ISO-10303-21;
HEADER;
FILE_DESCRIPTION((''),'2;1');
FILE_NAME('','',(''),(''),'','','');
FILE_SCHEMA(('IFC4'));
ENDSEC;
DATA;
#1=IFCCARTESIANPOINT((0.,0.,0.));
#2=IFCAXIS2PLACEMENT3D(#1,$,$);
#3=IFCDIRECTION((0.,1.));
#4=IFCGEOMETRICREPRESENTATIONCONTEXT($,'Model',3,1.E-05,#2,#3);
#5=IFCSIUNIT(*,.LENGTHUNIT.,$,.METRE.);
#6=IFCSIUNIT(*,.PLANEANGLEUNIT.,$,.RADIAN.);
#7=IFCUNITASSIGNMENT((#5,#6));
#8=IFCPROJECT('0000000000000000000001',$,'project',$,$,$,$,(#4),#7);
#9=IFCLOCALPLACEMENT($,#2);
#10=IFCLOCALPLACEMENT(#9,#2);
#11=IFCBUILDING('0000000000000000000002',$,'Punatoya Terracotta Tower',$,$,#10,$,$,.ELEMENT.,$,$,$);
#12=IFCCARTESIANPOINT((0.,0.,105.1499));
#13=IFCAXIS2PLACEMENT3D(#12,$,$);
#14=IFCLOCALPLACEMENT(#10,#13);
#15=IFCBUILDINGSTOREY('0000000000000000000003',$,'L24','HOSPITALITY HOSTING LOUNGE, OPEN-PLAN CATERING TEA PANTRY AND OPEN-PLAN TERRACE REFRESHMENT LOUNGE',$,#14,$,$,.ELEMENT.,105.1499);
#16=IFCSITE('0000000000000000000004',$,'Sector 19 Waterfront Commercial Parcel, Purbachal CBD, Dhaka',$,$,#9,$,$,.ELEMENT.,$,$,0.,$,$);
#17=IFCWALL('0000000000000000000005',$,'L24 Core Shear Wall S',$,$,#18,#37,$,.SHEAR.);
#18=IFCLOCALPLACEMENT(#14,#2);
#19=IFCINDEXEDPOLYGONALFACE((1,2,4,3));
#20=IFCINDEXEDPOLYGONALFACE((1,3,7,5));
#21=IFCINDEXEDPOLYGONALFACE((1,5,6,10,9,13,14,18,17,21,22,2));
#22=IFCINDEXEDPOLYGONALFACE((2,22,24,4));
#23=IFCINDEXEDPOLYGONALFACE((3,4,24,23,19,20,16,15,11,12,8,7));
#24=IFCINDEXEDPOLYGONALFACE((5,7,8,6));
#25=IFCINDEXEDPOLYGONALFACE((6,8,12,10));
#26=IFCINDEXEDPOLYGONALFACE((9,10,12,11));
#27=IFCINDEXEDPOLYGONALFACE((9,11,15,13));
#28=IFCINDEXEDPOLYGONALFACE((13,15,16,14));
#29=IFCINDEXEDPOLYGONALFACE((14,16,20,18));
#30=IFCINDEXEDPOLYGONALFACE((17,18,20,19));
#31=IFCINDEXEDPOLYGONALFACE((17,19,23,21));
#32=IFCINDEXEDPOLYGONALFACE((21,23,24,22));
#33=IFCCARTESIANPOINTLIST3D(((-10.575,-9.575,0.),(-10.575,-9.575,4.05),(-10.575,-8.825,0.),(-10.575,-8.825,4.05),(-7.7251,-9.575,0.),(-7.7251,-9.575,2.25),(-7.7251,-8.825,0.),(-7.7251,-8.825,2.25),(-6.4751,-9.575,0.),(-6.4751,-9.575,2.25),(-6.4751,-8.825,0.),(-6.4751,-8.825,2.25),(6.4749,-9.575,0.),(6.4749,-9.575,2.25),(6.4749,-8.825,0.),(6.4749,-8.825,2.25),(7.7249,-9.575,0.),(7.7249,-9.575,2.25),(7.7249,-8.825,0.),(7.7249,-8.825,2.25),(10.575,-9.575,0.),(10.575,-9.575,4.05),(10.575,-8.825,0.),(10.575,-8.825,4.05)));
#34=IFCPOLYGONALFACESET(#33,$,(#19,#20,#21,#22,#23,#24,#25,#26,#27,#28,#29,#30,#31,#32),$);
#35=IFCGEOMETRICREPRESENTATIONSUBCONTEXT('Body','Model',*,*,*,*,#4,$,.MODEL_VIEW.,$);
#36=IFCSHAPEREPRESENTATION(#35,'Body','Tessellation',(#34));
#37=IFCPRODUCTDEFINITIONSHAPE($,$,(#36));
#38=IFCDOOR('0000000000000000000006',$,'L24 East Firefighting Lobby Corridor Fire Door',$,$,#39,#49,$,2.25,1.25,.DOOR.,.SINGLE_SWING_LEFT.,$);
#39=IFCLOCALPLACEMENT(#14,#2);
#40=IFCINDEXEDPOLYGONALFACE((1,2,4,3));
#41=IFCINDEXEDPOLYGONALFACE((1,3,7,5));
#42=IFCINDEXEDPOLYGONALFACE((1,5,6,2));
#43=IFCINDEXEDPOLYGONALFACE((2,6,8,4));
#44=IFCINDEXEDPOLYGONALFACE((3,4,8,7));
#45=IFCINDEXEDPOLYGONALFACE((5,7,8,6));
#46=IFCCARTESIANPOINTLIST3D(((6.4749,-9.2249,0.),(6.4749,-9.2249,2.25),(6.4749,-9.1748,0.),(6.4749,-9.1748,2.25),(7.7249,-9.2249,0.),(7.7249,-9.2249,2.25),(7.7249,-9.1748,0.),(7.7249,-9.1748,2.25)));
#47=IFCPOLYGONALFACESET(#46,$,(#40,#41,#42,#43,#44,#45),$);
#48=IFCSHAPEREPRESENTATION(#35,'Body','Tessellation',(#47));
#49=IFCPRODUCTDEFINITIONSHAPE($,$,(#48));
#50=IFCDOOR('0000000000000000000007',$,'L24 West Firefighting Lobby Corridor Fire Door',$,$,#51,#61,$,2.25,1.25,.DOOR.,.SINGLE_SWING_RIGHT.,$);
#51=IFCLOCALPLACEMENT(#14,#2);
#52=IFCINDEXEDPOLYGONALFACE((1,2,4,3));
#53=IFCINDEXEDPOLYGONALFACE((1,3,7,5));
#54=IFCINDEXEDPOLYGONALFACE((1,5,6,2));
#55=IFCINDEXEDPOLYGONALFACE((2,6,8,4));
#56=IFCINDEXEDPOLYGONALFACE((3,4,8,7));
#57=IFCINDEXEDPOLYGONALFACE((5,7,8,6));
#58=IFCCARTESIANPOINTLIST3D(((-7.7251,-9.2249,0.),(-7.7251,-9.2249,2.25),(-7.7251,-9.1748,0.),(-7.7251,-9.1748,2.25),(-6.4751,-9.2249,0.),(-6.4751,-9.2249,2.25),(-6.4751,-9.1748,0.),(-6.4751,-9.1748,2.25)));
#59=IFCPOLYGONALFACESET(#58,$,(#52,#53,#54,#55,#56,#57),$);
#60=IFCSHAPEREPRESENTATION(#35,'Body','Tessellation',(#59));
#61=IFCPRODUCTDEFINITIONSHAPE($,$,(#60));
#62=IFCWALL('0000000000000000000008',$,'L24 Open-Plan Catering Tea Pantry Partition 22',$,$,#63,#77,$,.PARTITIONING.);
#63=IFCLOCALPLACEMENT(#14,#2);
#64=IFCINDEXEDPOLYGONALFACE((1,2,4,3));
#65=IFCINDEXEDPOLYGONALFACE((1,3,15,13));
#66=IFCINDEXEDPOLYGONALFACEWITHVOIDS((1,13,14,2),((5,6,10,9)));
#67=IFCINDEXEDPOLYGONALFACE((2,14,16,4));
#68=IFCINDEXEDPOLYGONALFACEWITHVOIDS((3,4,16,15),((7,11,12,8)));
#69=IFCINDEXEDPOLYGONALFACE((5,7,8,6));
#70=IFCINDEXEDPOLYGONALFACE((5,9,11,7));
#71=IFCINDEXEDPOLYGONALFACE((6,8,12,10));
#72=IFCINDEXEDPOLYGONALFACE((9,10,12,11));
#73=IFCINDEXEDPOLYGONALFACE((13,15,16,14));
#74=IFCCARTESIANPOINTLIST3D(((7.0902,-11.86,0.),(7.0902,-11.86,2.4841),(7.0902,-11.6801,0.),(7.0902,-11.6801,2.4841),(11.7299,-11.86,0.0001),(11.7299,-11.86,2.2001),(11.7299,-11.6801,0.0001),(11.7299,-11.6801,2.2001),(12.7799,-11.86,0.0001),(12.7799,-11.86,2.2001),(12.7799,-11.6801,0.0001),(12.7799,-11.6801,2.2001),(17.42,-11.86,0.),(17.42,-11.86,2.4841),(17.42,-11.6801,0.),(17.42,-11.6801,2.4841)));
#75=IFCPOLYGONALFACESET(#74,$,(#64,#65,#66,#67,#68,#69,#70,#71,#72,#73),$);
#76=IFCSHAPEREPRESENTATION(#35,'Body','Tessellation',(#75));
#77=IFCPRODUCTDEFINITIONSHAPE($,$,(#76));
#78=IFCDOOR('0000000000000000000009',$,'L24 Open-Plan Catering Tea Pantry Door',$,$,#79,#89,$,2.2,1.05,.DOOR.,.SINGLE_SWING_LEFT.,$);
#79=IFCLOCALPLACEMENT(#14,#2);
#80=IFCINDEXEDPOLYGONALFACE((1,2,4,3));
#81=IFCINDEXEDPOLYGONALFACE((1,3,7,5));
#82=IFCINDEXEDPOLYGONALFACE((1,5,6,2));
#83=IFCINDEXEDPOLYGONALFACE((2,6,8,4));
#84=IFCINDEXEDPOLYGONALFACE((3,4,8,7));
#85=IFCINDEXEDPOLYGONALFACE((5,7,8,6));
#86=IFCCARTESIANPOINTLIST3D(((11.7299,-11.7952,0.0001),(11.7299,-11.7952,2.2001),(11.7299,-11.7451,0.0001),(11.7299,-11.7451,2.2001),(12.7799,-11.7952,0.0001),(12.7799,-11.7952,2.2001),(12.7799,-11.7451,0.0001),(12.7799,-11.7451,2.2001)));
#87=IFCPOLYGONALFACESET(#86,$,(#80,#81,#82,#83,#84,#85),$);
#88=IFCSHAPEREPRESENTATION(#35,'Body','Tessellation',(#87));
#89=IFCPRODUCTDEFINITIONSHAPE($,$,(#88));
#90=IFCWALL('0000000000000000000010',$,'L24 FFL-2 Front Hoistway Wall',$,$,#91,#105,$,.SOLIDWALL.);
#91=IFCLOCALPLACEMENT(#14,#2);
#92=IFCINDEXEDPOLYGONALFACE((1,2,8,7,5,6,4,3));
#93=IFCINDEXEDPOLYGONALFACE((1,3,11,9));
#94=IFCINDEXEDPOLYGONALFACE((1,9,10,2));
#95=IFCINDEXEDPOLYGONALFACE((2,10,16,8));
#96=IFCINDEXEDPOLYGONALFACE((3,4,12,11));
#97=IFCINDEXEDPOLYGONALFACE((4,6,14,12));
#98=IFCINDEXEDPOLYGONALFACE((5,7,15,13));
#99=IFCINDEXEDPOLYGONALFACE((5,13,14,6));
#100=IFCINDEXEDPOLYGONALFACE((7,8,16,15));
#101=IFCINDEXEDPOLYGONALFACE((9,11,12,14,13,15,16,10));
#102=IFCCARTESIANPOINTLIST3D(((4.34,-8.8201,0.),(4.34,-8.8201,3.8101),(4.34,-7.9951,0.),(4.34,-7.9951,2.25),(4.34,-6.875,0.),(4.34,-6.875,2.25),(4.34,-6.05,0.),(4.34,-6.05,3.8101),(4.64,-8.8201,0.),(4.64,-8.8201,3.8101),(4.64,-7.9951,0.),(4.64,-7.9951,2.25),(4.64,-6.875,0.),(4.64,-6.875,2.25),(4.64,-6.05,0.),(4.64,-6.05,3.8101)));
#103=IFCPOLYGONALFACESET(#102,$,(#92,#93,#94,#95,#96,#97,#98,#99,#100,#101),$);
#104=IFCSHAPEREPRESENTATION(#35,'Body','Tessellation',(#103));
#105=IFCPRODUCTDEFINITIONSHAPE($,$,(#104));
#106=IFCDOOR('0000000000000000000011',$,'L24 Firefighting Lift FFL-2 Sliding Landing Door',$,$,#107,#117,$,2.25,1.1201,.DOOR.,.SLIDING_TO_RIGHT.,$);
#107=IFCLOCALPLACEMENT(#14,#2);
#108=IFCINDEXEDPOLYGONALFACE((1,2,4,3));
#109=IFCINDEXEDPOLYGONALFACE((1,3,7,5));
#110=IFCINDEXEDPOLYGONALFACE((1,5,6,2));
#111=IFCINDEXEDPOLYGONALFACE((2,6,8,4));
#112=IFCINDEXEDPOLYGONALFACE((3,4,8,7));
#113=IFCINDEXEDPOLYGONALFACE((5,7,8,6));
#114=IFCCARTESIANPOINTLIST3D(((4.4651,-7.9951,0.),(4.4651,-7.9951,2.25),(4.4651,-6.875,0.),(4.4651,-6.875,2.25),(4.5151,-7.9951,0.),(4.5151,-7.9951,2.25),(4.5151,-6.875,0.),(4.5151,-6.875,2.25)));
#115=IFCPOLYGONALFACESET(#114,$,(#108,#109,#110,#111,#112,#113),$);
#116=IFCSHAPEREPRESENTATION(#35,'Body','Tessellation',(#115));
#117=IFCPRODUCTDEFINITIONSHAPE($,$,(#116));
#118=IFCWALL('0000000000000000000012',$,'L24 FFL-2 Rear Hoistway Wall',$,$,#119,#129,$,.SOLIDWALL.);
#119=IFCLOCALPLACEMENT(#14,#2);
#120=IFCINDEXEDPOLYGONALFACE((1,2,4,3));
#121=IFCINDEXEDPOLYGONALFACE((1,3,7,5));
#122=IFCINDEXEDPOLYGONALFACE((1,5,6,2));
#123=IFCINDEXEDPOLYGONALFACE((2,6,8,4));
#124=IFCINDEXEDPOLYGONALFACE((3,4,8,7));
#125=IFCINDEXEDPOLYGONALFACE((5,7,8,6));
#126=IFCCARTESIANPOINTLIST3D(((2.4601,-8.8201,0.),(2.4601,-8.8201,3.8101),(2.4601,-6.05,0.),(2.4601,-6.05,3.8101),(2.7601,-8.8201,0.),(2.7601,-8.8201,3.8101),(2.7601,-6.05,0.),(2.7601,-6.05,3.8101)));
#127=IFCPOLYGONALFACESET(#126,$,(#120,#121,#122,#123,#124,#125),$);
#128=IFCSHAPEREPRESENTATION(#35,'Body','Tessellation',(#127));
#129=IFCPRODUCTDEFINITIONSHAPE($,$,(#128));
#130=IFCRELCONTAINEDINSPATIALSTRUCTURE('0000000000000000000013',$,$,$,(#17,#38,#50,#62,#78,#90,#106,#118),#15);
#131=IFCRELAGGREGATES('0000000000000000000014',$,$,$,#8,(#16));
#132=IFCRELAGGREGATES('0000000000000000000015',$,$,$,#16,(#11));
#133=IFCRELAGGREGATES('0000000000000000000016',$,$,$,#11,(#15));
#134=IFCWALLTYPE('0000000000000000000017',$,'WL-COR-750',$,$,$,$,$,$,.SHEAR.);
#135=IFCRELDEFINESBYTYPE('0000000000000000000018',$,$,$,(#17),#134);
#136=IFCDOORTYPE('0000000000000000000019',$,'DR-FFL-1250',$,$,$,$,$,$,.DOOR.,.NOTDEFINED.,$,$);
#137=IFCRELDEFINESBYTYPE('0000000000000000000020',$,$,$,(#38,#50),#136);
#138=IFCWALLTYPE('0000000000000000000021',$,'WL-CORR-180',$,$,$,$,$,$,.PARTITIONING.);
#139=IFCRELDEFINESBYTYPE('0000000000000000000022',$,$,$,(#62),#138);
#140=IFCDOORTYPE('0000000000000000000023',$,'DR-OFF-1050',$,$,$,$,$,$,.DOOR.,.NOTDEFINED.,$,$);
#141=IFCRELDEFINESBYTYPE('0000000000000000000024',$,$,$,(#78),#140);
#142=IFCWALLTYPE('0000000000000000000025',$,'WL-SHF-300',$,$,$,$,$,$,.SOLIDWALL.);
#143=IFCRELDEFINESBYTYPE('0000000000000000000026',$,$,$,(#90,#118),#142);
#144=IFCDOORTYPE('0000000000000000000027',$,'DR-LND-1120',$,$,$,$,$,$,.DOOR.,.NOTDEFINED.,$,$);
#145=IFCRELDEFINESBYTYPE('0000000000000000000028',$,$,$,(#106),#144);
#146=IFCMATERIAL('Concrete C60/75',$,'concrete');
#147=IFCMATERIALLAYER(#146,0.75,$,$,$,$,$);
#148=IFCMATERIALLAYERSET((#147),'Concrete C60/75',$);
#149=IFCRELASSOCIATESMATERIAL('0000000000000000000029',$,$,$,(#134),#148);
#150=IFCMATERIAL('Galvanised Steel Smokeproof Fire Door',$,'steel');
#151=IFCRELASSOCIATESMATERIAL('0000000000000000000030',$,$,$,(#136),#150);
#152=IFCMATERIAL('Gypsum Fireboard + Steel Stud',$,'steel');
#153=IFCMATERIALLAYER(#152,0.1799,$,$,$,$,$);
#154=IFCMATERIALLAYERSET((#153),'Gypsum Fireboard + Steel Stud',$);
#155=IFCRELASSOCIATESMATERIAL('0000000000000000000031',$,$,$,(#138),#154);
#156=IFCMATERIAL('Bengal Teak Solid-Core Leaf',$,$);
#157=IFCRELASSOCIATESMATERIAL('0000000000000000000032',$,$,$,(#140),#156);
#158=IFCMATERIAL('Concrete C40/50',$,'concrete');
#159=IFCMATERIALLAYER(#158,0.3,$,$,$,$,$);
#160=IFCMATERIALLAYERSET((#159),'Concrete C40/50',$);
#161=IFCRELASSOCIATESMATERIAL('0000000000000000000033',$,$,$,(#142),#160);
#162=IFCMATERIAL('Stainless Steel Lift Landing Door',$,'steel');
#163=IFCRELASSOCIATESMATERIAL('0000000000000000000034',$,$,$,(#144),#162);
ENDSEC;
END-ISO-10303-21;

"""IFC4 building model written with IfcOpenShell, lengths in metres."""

from ifc_helpers import new_model, si_unit, direction, frame, frame_2d, origin, place, context, subcontext, project, spatial, rectangle, extrude, material, layer, layer_set, type_object, element, fill, save


model = new_model("IFC4")

# Units and contexts
model_context = context("Model", 3, precision=1e-05, world=origin(), true_north=direction((0.0, 1.0)))
body_context = subcontext(model_context, "Body", "Model", "MODEL_VIEW")
ifc_project = project(units=[si_unit("LENGTHUNIT", "METRE"), si_unit("PLANEANGLEUNIT", "RADIAN")], contexts=[model_context])

# Site, building, storey
site_placement = place(None, origin())
site = spatial("IfcSite", under=ifc_project, at=site_placement, Name="Sector 19 Waterfront Commercial Parcel, Purbachal CBD, Dhaka", CompositionType="ELEMENT", RefElevation=0.0)
building_placement = place(site_placement, origin())
building = spatial("IfcBuilding", under=site, at=building_placement, Name="Punatoya Terracotta Tower", CompositionType="ELEMENT")
storey_placement = place(building_placement, frame((0.0, 0.0, 105.1499)))
storey = spatial("IfcBuildingStorey", under=building, at=storey_placement, Name="L24", Description="HOSPITALITY HOSTING LOUNGE, OPEN-PLAN CATERING TEA PANTRY AND OPEN-PLAN TERRACE REFRESHMENT LOUNGE", CompositionType="ELEMENT", Elevation=105.1499)

# Shared definitions
ifc_material_1 = material(Name="Concrete C40/50", Category="concrete")

# Wall, openings, doors
ifc_material_2 = material(Name="Concrete C60/75", Category="concrete")
ifc_layer_1 = layer(ifc_material_2, 0.75)
ifc_layer_set_1 = layer_set([ifc_layer_1], Name="Concrete C60/75")
wall_type_1 = type_object("IfcWallType", Name="WL-COR-750", PredefinedType="SHEAR", material=ifc_layer_set_1)
wall_1_placement = place(storey_placement, frame((10.575, -9.2, 0.0), z_axis=(0.0, 0.0, 1.0), x_axis=(-1.0, 0.0, 0.0)))
wall_1 = element("IfcWall", 1, at=wall_1_placement, inside=storey, type_object=wall_type_1, Name="L24 Core Shear Wall S", PredefinedType="SHEAR", context=body_context, shape_type="SweptSolid", body=[
    extrude(rectangle(XDim=21.1499, YDim=0.75, at=frame_2d((10.575, 0.0))), origin(), (0.0, 0.0, 1.0), 4.05),
])
opening_1_placement = place(wall_1_placement, frame((2.8501, 0.0, 0.0)))
opening_1 = element("IfcOpeningElement", 2, at=opening_1_placement, cuts=wall_1, PredefinedType="OPENING", context=body_context, shape_type="SweptSolid", body=[
    extrude(rectangle(XDim=1.25, YDim=2.25, at=frame_2d((0.625, 1.125))), frame((0.0, 0.385, 0.0), z_axis=(0.0, -1.0, 0.0), x_axis=(1.0, 0.0, 0.0)), (0.0, 0.0, 1.0), 0.77),
])
opening_2_placement = place(wall_1_placement, frame((17.05, 0.0, 0.0)))
opening_2 = element("IfcOpeningElement", 3, at=opening_2_placement, cuts=wall_1, PredefinedType="OPENING", context=body_context, shape_type="SweptSolid", body=[
    extrude(rectangle(XDim=1.25, YDim=2.25, at=frame_2d((0.625, 1.125))), frame((0.0, 0.385, 0.0), z_axis=(0.0, -1.0, 0.0), x_axis=(1.0, 0.0, 0.0)), (0.0, 0.0, 1.0), 0.77),
])
ifc_material_3 = material(Name="Galvanised Steel Smokeproof Fire Door", Category="steel")
door_type_1 = type_object("IfcDoorType", Name="DR-FFL-1250", OperationType="NOTDEFINED", PredefinedType="DOOR", material=ifc_material_3)
door_1_placement = place(opening_1_placement, origin())
door_1 = element("IfcDoor", 4, at=door_1_placement, inside=storey, type_object=door_type_1, Name="L24 East Firefighting Lobby Corridor Fire Door", OperationType="SINGLE_SWING_LEFT", OverallHeight=2.25, OverallWidth=1.25, PredefinedType="DOOR", context=body_context, shape_type="SweptSolid", body=[
    extrude(rectangle(XDim=1.25, YDim=2.25, at=frame_2d((0.625, 1.125))), frame((0.0, 0.0249, 0.0), z_axis=(0.0, -1.0, 0.0), x_axis=(1.0, 0.0, 0.0)), (0.0, 0.0, 1.0), 0.05),
])
fill(opening_1, door_1)
door_2_placement = place(opening_2_placement, origin())
door_2 = element("IfcDoor", 5, at=door_2_placement, inside=storey, type_object=door_type_1, Name="L24 West Firefighting Lobby Corridor Fire Door", OperationType="SINGLE_SWING_RIGHT", OverallHeight=2.25, OverallWidth=1.25, PredefinedType="DOOR", context=body_context, shape_type="SweptSolid", body=[
    extrude(rectangle(XDim=1.25, YDim=2.25, at=frame_2d((0.625, 1.125))), frame((0.0, 0.0249, 0.0), z_axis=(0.0, -1.0, 0.0), x_axis=(1.0, 0.0, 0.0)), (0.0, 0.0, 1.0), 0.05),
])
fill(opening_2, door_2)

# Walls, openings, doors
ifc_material_4 = material(Name="Gypsum Fireboard + Steel Stud", Category="steel")
ifc_layer_2 = layer(ifc_material_4, 0.1799)
ifc_layer_set_2 = layer_set([ifc_layer_2], Name="Gypsum Fireboard + Steel Stud")
wall_type_2 = type_object("IfcWallType", Name="WL-CORR-180", PredefinedType="PARTITIONING", material=ifc_layer_set_2)
wall_2_placement = place(storey_placement, frame((7.0901, -11.77, 0.0), z_axis=(0.0, 0.0, 1.0), x_axis=(1.0, 0.0, 0.0)))
wall_2 = element("IfcWall", 6, at=wall_2_placement, inside=storey, type_object=wall_type_2, Name="L24 Open-Plan Catering Tea Pantry Partition 22", PredefinedType="PARTITIONING", context=body_context, shape_type="SweptSolid", body=[
    extrude(rectangle(XDim=10.3298, YDim=0.1799, at=frame_2d((5.165, 0.0))), origin(), (0.0, 0.0, 1.0), 2.4841),
])
opening_3_placement = place(wall_2_placement, frame((4.6399, 0.0, 0.0)))
opening_3 = element("IfcOpeningElement", 7, at=opening_3_placement, cuts=wall_2, PredefinedType="OPENING", context=body_context, shape_type="SweptSolid", body=[
    extrude(rectangle(XDim=1.05, YDim=2.2, at=frame_2d((0.5249, 1.1001))), frame((0.0, 0.0999, 0.0), z_axis=(0.0, -1.0, 0.0), x_axis=(1.0, 0.0, 0.0)), (0.0, 0.0, 1.0), 0.2),
])
ifc_material_5 = material(Name="Bengal Teak Solid-Core Leaf")
door_type_2 = type_object("IfcDoorType", Name="DR-OFF-1050", OperationType="NOTDEFINED", PredefinedType="DOOR", material=ifc_material_5)
door_3_placement = place(opening_3_placement, origin())
door_3 = element("IfcDoor", 8, at=door_3_placement, inside=storey, type_object=door_type_2, Name="L24 Open-Plan Catering Tea Pantry Door", OperationType="SINGLE_SWING_LEFT", OverallHeight=2.2, OverallWidth=1.05, PredefinedType="DOOR", context=body_context, shape_type="SweptSolid", body=[
    extrude(rectangle(XDim=1.05, YDim=2.2, at=frame_2d((0.5249, 1.1001))), frame((0.0, 0.0249, 0.0), z_axis=(0.0, -1.0, 0.0), x_axis=(1.0, 0.0, 0.0)), (0.0, 0.0, 1.0), 0.05),
])
fill(opening_3, door_3)
ifc_layer_3 = layer(ifc_material_1, 0.3)
ifc_layer_set_3 = layer_set([ifc_layer_3], Name="Concrete C40/50")
wall_type_3 = type_object("IfcWallType", Name="WL-SHF-300", PredefinedType="SOLIDWALL", material=ifc_layer_set_3)
wall_3_placement = place(storey_placement, frame((4.49, -8.8201, 0.0), z_axis=(0.0, 0.0, 1.0), x_axis=(0.0, 1.0, 0.0)))
wall_3 = element("IfcWall", 9, at=wall_3_placement, inside=storey, type_object=wall_type_3, Name="L24 FFL-2 Front Hoistway Wall", PredefinedType="SOLIDWALL", context=body_context, shape_type="SweptSolid", body=[
    extrude(rectangle(XDim=2.77, YDim=0.3, at=frame_2d((1.385, 0.0))), origin(), (0.0, 0.0, 1.0), 3.8101),
])
opening_4_placement = place(wall_3_placement, frame((0.825, 0.0, 0.0)))
opening_4 = element("IfcOpeningElement", 10, at=opening_4_placement, cuts=wall_3, PredefinedType="OPENING", context=body_context, shape_type="SweptSolid", body=[
    extrude(rectangle(XDim=1.1201, YDim=2.25, at=frame_2d((0.5601, 1.125))), frame((0.0, 0.1599, 0.0), z_axis=(0.0, -1.0, 0.0), x_axis=(1.0, 0.0, 0.0)), (0.0, 0.0, 1.0), 0.3201),
])
ifc_material_6 = material(Name="Stainless Steel Lift Landing Door", Category="steel")
door_type_3 = type_object("IfcDoorType", Name="DR-LND-1120", OperationType="NOTDEFINED", PredefinedType="DOOR", material=ifc_material_6)
door_4_placement = place(opening_4_placement, origin())
door_4 = element("IfcDoor", 11, at=door_4_placement, inside=storey, type_object=door_type_3, Name="L24 Firefighting Lift FFL-2 Sliding Landing Door", OperationType="SLIDING_TO_RIGHT", OverallHeight=2.25, OverallWidth=1.1201, PredefinedType="DOOR", context=body_context, shape_type="SweptSolid", body=[
    extrude(rectangle(XDim=1.1201, YDim=2.25, at=frame_2d((0.5601, 1.125))), frame((0.0, 0.0249, 0.0), z_axis=(0.0, -1.0, 0.0), x_axis=(1.0, 0.0, 0.0)), (0.0, 0.0, 1.0), 0.05),
])
fill(opening_4, door_4)

# Wall
wall_4_placement = place(storey_placement, frame((2.6101, -8.8201, 0.0), z_axis=(0.0, 0.0, 1.0), x_axis=(0.0, 1.0, 0.0)))
element("IfcWall", 12, at=wall_4_placement, inside=storey, type_object=wall_type_3, Name="L24 FFL-2 Rear Hoistway Wall", PredefinedType="SOLIDWALL", context=body_context, shape_type="SweptSolid", body=[
    extrude(rectangle(XDim=2.77, YDim=0.3, at=frame_2d((1.385, 0.0))), origin(), (0.0, 0.0, 1.0), 3.8101),
])

save(model, "model.ifc")
